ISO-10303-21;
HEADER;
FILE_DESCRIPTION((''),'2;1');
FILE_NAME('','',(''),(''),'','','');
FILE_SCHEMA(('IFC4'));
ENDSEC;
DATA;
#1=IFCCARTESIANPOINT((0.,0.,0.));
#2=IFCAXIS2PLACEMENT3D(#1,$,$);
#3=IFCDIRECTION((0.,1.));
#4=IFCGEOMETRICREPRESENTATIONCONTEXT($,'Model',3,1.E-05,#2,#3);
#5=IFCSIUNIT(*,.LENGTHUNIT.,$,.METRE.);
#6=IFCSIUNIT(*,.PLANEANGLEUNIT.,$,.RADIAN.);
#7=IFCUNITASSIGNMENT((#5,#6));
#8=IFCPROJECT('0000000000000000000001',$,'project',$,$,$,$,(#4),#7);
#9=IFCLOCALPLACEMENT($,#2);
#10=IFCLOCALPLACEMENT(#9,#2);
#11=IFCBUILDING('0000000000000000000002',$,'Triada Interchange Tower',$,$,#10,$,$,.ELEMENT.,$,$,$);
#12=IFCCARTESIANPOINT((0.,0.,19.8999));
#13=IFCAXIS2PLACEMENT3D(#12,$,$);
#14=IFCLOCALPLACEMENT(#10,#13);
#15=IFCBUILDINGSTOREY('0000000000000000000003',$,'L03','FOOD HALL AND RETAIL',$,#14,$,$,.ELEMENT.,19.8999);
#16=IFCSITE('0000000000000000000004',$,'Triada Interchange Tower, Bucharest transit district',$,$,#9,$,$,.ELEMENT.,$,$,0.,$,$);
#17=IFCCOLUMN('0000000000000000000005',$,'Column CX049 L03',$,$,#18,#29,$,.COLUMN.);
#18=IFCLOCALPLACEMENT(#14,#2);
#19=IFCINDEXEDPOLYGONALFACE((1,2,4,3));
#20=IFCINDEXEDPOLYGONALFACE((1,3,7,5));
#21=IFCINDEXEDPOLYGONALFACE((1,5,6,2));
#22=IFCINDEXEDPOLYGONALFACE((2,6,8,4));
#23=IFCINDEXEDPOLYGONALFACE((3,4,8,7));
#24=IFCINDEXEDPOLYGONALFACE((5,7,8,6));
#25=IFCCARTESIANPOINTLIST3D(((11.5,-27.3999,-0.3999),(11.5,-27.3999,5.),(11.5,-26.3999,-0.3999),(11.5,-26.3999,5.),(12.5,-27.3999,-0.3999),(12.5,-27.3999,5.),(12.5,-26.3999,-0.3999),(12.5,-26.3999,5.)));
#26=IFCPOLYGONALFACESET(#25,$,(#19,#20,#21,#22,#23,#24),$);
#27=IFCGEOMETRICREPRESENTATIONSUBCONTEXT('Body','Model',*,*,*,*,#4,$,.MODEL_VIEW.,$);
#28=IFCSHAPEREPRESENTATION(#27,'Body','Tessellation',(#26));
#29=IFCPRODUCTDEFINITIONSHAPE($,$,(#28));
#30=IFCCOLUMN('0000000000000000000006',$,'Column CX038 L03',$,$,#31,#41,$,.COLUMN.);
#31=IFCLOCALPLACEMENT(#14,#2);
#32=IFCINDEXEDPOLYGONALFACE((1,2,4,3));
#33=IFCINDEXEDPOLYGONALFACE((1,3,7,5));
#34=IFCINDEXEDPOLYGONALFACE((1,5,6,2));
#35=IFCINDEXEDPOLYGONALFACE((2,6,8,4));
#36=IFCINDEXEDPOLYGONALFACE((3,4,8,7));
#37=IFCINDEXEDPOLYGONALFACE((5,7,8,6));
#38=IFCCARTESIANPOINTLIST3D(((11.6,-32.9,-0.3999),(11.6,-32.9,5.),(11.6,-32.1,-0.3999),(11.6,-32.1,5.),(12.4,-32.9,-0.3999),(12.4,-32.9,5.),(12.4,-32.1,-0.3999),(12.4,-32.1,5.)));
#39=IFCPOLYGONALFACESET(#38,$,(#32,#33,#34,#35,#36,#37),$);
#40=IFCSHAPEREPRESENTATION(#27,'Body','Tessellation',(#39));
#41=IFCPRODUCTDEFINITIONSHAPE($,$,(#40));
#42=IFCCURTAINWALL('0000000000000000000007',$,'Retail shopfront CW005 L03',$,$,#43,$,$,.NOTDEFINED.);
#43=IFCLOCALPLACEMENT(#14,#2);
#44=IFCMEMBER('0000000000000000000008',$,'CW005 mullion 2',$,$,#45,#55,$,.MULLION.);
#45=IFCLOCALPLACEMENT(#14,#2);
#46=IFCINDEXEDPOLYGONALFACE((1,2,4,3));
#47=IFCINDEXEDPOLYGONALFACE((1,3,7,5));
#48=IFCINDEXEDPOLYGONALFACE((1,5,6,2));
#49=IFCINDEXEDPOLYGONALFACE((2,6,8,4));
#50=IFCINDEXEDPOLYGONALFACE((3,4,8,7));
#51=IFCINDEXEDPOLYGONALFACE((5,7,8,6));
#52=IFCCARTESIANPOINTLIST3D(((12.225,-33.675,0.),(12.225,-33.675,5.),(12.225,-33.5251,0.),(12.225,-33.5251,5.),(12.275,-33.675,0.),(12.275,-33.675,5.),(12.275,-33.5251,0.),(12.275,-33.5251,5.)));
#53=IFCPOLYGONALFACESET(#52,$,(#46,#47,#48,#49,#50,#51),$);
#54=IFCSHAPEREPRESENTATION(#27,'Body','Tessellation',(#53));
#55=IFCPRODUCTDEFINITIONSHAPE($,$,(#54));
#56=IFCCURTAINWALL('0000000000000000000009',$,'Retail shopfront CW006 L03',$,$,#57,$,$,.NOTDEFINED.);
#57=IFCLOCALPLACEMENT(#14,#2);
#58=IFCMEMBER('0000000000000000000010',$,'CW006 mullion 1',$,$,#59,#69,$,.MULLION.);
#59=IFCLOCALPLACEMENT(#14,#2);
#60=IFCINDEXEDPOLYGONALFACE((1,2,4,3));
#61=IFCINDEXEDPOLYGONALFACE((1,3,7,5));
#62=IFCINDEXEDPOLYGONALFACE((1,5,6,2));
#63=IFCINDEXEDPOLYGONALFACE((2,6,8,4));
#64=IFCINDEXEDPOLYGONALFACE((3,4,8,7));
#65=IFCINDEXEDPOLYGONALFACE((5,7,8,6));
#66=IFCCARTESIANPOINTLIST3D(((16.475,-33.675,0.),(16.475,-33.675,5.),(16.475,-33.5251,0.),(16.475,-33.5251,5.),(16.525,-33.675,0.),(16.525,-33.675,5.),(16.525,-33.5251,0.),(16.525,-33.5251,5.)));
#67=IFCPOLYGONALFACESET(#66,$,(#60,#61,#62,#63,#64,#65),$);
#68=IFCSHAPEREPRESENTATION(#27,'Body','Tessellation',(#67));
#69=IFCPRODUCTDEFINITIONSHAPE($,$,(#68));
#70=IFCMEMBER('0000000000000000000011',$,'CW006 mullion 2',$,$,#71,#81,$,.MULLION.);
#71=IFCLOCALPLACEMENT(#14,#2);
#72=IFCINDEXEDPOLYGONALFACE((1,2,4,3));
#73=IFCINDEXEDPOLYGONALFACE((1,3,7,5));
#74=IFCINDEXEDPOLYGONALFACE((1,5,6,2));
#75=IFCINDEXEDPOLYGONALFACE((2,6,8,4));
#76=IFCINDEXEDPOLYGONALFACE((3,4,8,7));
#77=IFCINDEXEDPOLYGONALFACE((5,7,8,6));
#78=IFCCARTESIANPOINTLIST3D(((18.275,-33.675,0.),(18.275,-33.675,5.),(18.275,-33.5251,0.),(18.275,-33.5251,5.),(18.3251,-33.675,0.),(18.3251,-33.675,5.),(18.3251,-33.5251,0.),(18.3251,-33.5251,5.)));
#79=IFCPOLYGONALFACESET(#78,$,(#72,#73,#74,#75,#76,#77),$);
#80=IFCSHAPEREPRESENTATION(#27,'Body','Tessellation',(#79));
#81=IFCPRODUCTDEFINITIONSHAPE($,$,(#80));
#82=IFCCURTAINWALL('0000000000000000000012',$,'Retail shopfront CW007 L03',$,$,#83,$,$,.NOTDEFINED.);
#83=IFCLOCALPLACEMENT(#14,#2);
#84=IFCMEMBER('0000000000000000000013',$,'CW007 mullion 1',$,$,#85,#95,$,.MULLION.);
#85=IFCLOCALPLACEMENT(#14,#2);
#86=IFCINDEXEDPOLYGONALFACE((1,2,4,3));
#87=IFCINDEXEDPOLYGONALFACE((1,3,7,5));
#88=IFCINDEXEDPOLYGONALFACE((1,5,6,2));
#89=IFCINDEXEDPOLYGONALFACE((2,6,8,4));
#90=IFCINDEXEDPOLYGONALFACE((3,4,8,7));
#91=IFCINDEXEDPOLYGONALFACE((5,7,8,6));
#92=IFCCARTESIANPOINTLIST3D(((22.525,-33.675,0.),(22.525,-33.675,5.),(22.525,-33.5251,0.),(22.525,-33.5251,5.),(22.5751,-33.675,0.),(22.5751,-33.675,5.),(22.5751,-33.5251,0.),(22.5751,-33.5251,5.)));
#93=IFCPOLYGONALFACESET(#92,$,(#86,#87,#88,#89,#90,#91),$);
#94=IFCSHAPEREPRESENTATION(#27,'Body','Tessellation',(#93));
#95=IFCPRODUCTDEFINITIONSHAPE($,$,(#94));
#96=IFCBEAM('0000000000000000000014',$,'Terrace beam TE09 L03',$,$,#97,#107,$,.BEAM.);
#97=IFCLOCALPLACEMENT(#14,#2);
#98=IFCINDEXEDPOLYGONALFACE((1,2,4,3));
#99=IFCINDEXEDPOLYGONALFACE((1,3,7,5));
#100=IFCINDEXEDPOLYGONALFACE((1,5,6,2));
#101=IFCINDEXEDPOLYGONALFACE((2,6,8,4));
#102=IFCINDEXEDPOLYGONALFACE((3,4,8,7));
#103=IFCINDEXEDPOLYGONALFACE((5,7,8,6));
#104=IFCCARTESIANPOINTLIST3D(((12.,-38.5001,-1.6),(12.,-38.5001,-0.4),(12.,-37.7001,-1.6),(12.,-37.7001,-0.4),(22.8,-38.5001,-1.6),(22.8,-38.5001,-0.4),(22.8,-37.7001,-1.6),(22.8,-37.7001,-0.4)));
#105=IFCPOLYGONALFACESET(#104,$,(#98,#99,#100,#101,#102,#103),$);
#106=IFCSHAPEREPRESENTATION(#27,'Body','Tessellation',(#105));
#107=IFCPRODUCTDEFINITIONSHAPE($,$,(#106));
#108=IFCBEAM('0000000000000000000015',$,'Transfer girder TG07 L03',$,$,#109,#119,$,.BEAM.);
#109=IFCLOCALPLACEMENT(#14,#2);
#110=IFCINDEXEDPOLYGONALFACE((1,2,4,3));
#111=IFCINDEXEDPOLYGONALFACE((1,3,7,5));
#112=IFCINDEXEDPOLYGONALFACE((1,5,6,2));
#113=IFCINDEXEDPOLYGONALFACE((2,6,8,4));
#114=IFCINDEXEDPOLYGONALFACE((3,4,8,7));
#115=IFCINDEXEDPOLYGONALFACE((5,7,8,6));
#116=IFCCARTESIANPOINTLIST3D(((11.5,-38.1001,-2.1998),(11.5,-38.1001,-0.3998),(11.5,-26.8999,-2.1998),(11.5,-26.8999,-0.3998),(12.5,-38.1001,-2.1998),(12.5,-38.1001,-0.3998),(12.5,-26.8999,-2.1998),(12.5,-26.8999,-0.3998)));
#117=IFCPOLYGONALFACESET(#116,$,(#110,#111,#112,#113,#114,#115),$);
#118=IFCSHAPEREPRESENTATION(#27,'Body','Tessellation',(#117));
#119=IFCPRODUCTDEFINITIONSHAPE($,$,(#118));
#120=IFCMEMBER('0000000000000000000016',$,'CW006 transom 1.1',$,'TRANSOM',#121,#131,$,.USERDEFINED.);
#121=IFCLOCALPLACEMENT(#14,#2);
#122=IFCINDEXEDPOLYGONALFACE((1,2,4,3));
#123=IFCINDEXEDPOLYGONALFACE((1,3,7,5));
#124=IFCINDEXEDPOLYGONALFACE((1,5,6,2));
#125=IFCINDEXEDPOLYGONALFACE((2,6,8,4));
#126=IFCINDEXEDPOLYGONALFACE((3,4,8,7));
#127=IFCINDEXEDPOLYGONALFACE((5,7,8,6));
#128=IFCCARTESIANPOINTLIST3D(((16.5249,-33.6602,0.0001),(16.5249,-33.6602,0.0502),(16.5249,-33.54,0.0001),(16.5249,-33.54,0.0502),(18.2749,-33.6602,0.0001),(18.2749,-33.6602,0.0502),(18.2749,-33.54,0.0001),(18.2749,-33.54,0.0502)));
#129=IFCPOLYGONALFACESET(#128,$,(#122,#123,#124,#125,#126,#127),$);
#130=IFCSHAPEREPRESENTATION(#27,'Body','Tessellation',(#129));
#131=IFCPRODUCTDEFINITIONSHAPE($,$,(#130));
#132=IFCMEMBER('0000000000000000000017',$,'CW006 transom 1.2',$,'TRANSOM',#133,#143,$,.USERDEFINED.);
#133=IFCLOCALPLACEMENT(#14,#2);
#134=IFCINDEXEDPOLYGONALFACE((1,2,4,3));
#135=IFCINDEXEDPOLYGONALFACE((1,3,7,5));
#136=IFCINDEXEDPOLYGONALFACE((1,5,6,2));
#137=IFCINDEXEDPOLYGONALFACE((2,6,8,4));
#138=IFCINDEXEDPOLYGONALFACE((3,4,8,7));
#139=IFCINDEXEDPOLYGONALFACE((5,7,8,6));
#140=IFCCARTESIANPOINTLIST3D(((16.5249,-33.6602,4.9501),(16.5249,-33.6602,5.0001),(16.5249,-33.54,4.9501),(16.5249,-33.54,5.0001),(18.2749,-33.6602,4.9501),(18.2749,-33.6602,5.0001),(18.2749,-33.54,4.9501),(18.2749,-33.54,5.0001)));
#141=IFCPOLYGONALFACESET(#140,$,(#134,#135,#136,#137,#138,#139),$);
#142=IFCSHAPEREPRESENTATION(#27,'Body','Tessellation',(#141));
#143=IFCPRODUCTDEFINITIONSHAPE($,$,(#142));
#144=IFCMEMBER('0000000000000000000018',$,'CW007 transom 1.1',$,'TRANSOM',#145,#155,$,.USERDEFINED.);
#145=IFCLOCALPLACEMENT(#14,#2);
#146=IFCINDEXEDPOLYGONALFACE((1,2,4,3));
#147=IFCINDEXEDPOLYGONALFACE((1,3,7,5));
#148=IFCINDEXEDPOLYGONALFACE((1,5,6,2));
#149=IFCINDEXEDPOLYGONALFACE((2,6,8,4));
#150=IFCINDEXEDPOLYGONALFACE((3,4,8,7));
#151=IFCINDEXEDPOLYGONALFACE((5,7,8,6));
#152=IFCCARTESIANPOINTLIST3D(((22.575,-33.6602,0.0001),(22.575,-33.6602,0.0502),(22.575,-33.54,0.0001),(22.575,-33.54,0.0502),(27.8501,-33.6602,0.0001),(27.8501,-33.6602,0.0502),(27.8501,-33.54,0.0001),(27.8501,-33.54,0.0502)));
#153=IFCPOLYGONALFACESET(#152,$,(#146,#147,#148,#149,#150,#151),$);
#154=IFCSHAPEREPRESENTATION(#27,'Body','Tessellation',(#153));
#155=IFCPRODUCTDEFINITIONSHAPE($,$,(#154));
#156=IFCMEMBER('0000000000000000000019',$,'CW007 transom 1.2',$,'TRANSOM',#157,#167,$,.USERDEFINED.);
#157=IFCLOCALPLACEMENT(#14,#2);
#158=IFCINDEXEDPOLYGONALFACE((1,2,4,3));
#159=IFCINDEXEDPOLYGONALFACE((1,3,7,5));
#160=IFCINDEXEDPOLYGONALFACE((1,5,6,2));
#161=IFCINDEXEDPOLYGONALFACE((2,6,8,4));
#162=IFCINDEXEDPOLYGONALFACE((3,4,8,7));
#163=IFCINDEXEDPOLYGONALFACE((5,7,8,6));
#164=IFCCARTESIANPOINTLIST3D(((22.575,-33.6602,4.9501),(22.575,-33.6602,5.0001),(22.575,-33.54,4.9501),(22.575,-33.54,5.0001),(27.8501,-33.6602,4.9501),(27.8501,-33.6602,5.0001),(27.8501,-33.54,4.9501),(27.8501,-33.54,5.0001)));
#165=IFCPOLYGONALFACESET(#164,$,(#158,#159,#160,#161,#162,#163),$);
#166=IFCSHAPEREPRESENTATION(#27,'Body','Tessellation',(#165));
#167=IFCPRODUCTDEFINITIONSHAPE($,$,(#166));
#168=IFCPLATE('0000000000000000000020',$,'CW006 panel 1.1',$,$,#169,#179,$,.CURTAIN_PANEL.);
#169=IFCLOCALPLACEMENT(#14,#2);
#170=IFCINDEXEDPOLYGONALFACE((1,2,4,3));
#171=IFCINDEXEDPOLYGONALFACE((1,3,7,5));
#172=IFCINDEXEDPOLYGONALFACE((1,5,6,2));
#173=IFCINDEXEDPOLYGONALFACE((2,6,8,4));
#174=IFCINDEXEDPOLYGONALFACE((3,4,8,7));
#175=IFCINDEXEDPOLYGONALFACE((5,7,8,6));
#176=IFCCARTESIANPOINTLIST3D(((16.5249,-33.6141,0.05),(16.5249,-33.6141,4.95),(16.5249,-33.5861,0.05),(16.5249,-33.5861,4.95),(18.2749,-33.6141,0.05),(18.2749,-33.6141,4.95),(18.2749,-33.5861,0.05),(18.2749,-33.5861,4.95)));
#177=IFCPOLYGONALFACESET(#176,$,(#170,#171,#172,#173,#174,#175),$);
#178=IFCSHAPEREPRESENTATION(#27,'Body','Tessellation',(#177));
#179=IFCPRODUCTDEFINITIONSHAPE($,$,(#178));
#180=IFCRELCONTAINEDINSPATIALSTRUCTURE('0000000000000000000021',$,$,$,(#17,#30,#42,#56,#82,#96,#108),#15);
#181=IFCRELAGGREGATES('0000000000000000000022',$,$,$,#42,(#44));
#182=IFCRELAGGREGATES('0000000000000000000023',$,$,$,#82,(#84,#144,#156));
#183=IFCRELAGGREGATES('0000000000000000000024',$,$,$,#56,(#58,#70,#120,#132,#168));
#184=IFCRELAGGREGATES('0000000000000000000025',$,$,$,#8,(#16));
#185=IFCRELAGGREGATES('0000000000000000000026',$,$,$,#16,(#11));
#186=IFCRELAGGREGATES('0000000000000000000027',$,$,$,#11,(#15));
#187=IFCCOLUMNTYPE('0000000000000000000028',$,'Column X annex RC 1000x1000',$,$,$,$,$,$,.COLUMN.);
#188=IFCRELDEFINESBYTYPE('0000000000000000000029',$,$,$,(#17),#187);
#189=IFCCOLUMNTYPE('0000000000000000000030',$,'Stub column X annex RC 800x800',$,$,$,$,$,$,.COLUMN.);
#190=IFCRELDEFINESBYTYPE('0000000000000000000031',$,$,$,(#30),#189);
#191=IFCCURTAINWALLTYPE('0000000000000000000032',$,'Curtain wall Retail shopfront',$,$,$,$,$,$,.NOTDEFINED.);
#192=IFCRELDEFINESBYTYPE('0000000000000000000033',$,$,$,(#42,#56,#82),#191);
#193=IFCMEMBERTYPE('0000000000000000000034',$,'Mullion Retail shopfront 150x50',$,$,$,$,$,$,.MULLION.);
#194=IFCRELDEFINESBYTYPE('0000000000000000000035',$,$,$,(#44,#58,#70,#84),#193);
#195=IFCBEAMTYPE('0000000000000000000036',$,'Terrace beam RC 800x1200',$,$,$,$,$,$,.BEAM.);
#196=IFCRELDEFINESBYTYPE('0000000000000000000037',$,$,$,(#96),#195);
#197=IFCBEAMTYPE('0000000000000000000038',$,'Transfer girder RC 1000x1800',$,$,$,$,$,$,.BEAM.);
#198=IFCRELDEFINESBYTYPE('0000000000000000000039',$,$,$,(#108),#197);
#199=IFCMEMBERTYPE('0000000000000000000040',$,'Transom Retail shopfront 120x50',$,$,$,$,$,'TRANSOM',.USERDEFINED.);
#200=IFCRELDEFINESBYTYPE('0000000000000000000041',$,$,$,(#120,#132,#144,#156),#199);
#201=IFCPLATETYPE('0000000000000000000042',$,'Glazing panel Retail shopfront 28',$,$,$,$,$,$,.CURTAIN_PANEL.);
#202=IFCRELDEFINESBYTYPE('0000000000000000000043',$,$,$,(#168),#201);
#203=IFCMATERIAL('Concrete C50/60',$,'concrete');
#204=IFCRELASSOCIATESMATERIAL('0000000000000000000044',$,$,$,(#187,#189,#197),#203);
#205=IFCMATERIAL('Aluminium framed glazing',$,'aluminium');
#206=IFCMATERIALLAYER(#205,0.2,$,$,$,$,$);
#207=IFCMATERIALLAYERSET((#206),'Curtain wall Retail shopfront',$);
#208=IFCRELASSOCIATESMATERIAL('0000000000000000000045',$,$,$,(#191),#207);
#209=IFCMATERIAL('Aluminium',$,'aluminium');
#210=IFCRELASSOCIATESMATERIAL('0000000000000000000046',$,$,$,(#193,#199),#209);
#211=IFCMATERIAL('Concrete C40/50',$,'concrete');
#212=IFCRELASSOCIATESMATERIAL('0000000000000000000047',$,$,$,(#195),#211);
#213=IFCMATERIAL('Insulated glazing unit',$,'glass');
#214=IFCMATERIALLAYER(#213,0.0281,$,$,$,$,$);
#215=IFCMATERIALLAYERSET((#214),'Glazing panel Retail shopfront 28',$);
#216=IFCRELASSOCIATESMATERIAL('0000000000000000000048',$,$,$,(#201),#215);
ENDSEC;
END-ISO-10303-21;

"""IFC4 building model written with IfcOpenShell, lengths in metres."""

from ifc_helpers import new_model, si_unit, direction, frame, origin, origin_2d, place, context, subcontext, project, spatial, rectangle, extrude, material, layer, layer_set, material_profile, profile_set, type_object, element, aggregate, save


model = new_model("IFC4")

# Units and contexts
model_context = context("Model", 3, precision=1e-05, world=origin(), true_north=direction((0.0, 1.0)))
body_context = subcontext(model_context, "Body", "Model", "MODEL_VIEW")
ifc_project = project(units=[si_unit("LENGTHUNIT", "METRE"), si_unit("PLANEANGLEUNIT", "RADIAN")], contexts=[model_context])

# Site, building, storey
site_placement = place(None, origin())
site = spatial("IfcSite", under=ifc_project, at=site_placement, Name="Triada Interchange Tower, Bucharest transit district", CompositionType="ELEMENT", RefElevation=0.0)
building_placement = place(site_placement, origin())
building = spatial("IfcBuilding", under=site, at=building_placement, Name="Triada Interchange Tower", CompositionType="ELEMENT")
storey_placement = place(building_placement, frame((0.0, 0.0, 19.8999)))
storey = spatial("IfcBuildingStorey", under=building, at=storey_placement, Name="L03", Description="FOOD HALL AND RETAIL", CompositionType="ELEMENT", Elevation=19.8999)

# Columns
ifc_material_1 = material(Name="Concrete C50/60", Category="concrete")
ifc_material_profile_1 = material_profile(ifc_material_1, rectangle(XDim=1.0, YDim=1.0, at=origin_2d()), Name="RC 1000x1000")
ifc_profile_set_1 = profile_set([ifc_material_profile_1], Name="Concrete C50/60")
column_type_1 = type_object("IfcColumnType", Name="Column X annex RC 1000x1000", PredefinedType="COLUMN", material=ifc_profile_set_1)
column_1_placement = place(storey_placement, frame((12.0, -26.8999, -0.3999), z_axis=(0.0, 0.0, 1.0), x_axis=(1.0, 0.0, 0.0)))
element("IfcColumn", 1, at=column_1_placement, inside=storey, type_object=column_type_1, Name="Column CX049 L03", PredefinedType="COLUMN", context=body_context, shape_type="SweptSolid", body=[
    extrude(rectangle(XDim=1.0, YDim=1.0, at=origin_2d()), origin(), (0.0, 0.0, 1.0), 5.3999),
])
ifc_material_profile_2 = material_profile(ifc_material_1, rectangle(XDim=0.8, YDim=0.8, at=origin_2d()), Name="RC 800x800")
ifc_profile_set_2 = profile_set([ifc_material_profile_2], Name="Concrete C50/60")
column_type_2 = type_object("IfcColumnType", Name="Stub column X annex RC 800x800", PredefinedType="COLUMN", material=ifc_profile_set_2)
column_2_placement = place(storey_placement, frame((12.0, -32.5, -0.3999), z_axis=(0.0, 0.0, 1.0), x_axis=(1.0, 0.0, 0.0)))
element("IfcColumn", 2, at=column_2_placement, inside=storey, type_object=column_type_2, Name="Column CX038 L03", PredefinedType="COLUMN", context=body_context, shape_type="SweptSolid", body=[
    extrude(rectangle(XDim=0.8, YDim=0.8, at=origin_2d()), origin(), (0.0, 0.0, 1.0), 5.3999),
])

# Curtain wall, member
ifc_material_2 = material(Name="Aluminium framed glazing", Category="aluminium")
ifc_layer_1 = layer(ifc_material_2, 0.2)
ifc_layer_set_1 = layer_set([ifc_layer_1], Name="Curtain wall Retail shopfront")
curtain_wall_type = type_object("IfcCurtainWallType", Name="Curtain wall Retail shopfront", PredefinedType="NOTDEFINED", material=ifc_layer_set_1)
curtain_wall_1_placement = place(storey_placement, origin())
curtain_wall_1 = element("IfcCurtainWall", 3, at=curtain_wall_1_placement, inside=storey, type_object=curtain_wall_type, Name="Retail shopfront CW005 L03", PredefinedType="NOTDEFINED")
ifc_material_3 = material(Name="Aluminium", Category="aluminium")
ifc_material_profile_3 = material_profile(ifc_material_3, rectangle(XDim=0.1499, YDim=0.05, at=origin_2d()), Name="Aluminium mullion")
ifc_profile_set_3 = profile_set([ifc_material_profile_3], Name="Aluminium")
member_type_1 = type_object("IfcMemberType", Name="Mullion Retail shopfront 150x50", PredefinedType="MULLION", material=ifc_profile_set_3)
member_1_placement = place(storey_placement, frame((12.25, -33.6001, 0.0), z_axis=(0.0, 0.0, 1.0), x_axis=(0.0, 1.0, 0.0)))
member_1 = element("IfcMember", 4, at=member_1_placement, type_object=member_type_1, Name="CW005 mullion 2", PredefinedType="MULLION", context=body_context, shape_type="SweptSolid", body=[
    extrude(rectangle(XDim=0.1499, YDim=0.05, at=origin_2d()), origin(), (0.0, 0.0, 1.0), 5.0),
])
aggregate(curtain_wall_1, [member_1])

# Curtain wall, members
curtain_wall_2_placement = place(storey_placement, origin())
curtain_wall_2 = element("IfcCurtainWall", 5, at=curtain_wall_2_placement, inside=storey, type_object=curtain_wall_type, Name="Retail shopfront CW006 L03", PredefinedType="NOTDEFINED")
member_2_placement = place(storey_placement, frame((16.5, -33.6001, 0.0), z_axis=(0.0, 0.0, 1.0), x_axis=(0.0, 1.0, 0.0)))
member_2 = element("IfcMember", 6, at=member_2_placement, type_object=member_type_1, Name="CW006 mullion 1", PredefinedType="MULLION", context=body_context, shape_type="SweptSolid", body=[
    extrude(rectangle(XDim=0.1499, YDim=0.05, at=origin_2d()), origin(), (0.0, 0.0, 1.0), 5.0),
])
member_3_placement = place(storey_placement, frame((18.3, -33.6001, 0.0), z_axis=(0.0, 0.0, 1.0), x_axis=(0.0, 1.0, 0.0)))
member_3 = element("IfcMember", 7, at=member_3_placement, type_object=member_type_1, Name="CW006 mullion 2", PredefinedType="MULLION", context=body_context, shape_type="SweptSolid", body=[
    extrude(rectangle(XDim=0.1499, YDim=0.05, at=origin_2d()), origin(), (0.0, 0.0, 1.0), 5.0),
])

# Curtain wall, member
curtain_wall_3_placement = place(storey_placement, origin())
curtain_wall_3 = element("IfcCurtainWall", 8, at=curtain_wall_3_placement, inside=storey, type_object=curtain_wall_type, Name="Retail shopfront CW007 L03", PredefinedType="NOTDEFINED")
member_4_placement = place(storey_placement, frame((22.55, -33.6001, 0.0), z_axis=(0.0, 0.0, 1.0), x_axis=(0.0, 1.0, 0.0)))
member_4 = element("IfcMember", 9, at=member_4_placement, type_object=member_type_1, Name="CW007 mullion 1", PredefinedType="MULLION", context=body_context, shape_type="SweptSolid", body=[
    extrude(rectangle(XDim=0.1499, YDim=0.05, at=origin_2d()), origin(), (0.0, 0.0, 1.0), 5.0),
])

# Beams
ifc_material_4 = material(Name="Concrete C40/50", Category="concrete")
ifc_material_profile_4 = material_profile(ifc_material_4, rectangle(XDim=0.8, YDim=1.2, at=origin_2d()), Name="RC 800x1200")
ifc_profile_set_4 = profile_set([ifc_material_profile_4], Name="Concrete C40/50")
beam_type_1 = type_object("IfcBeamType", Name="Terrace beam RC 800x1200", PredefinedType="BEAM", material=ifc_profile_set_4)
beam_1_placement = place(storey_placement, frame((12.0, -38.1001, -1.0), z_axis=(1.0, 0.0, 0.0), x_axis=(0.0, 1.0, 0.0)))
element("IfcBeam", 10, at=beam_1_placement, inside=storey, type_object=beam_type_1, Name="Terrace beam TE09 L03", PredefinedType="BEAM", context=body_context, shape_type="SweptSolid", body=[
    extrude(rectangle(XDim=0.8, YDim=1.2, at=origin_2d()), origin(), (0.0, 0.0, 1.0), 10.8),
])
ifc_material_profile_5 = material_profile(ifc_material_1, rectangle(XDim=1.0, YDim=1.8, at=origin_2d()), Name="RC 1000x1800")
ifc_profile_set_5 = profile_set([ifc_material_profile_5], Name="Concrete C50/60")
beam_type_2 = type_object("IfcBeamType", Name="Transfer girder RC 1000x1800", PredefinedType="BEAM", material=ifc_profile_set_5)
beam_2_placement = place(storey_placement, frame((12.0, -38.1001, -1.2998), z_axis=(0.0, 1.0, 0.0), x_axis=(-1.0, 0.0, 0.0)))
element("IfcBeam", 11, at=beam_2_placement, inside=storey, type_object=beam_type_2, Name="Transfer girder TG07 L03", PredefinedType="BEAM", context=body_context, shape_type="SweptSolid", body=[
    extrude(rectangle(XDim=1.0, YDim=1.8, at=origin_2d()), origin(), (0.0, 0.0, 1.0), 11.2002),
])

# Members
ifc_material_profile_6 = material_profile(ifc_material_3, rectangle(XDim=0.1201, YDim=0.05, at=origin_2d()), Name="Aluminium transom")
ifc_profile_set_6 = profile_set([ifc_material_profile_6], Name="Aluminium")
member_type_2 = type_object("IfcMemberType", Name="Transom Retail shopfront 120x50", ElementType="TRANSOM", PredefinedType="USERDEFINED", material=ifc_profile_set_6)
member_5_placement = place(storey_placement, frame((16.5249, -33.6001, 0.0251), z_axis=(1.0, 0.0, 0.0), x_axis=(0.0, 1.0, 0.0)))
member_5 = element("IfcMember", 12, at=member_5_placement, type_object=member_type_2, Name="CW006 transom 1.1", ObjectType="TRANSOM", PredefinedType="USERDEFINED", context=body_context, shape_type="SweptSolid", body=[
    extrude(rectangle(XDim=0.1201, YDim=0.05, at=origin_2d()), origin(), (0.0, 0.0, 1.0), 1.75),
])
member_6_placement = place(storey_placement, frame((16.5249, -33.6001, 4.9751), z_axis=(1.0, 0.0, 0.0), x_axis=(0.0, 1.0, 0.0)))
member_6 = element("IfcMember", 13, at=member_6_placement, type_object=member_type_2, Name="CW006 transom 1.2", ObjectType="TRANSOM", PredefinedType="USERDEFINED", context=body_context, shape_type="SweptSolid", body=[
    extrude(rectangle(XDim=0.1201, YDim=0.05, at=origin_2d()), origin(), (0.0, 0.0, 1.0), 1.75),
])
member_7_placement = place(storey_placement, frame((22.575, -33.6001, 0.0251), z_axis=(1.0, 0.0, 0.0), x_axis=(0.0, 1.0, 0.0)))
member_7 = element("IfcMember", 14, at=member_7_placement, type_object=member_type_2, Name="CW007 transom 1.1", ObjectType="TRANSOM", PredefinedType="USERDEFINED", context=body_context, shape_type="SweptSolid", body=[
    extrude(rectangle(XDim=0.1201, YDim=0.05, at=origin_2d()), origin(), (0.0, 0.0, 1.0), 5.2751),
])
member_8_placement = place(storey_placement, frame((22.575, -33.6001, 4.9751), z_axis=(1.0, 0.0, 0.0), x_axis=(0.0, 1.0, 0.0)))
member_8 = element("IfcMember", 15, at=member_8_placement, type_object=member_type_2, Name="CW007 transom 1.2", ObjectType="TRANSOM", PredefinedType="USERDEFINED", context=body_context, shape_type="SweptSolid", body=[
    extrude(rectangle(XDim=0.1201, YDim=0.05, at=origin_2d()), origin(), (0.0, 0.0, 1.0), 5.2751),
])
aggregate(curtain_wall_3, [member_4, member_7, member_8])

# Plate
ifc_material_5 = material(Name="Insulated glazing unit", Category="glass")
ifc_layer_2 = layer(ifc_material_5, 0.0281)
ifc_layer_set_2 = layer_set([ifc_layer_2], Name="Glazing panel Retail shopfront 28")
plate_type = type_object("IfcPlateType", Name="Glazing panel Retail shopfront 28", PredefinedType="CURTAIN_PANEL", material=ifc_layer_set_2)
plate_placement = place(storey_placement, frame((17.3999, -33.6001, 0.05), z_axis=(0.0, 0.0, 1.0), x_axis=(1.0, 0.0, 0.0)))
plate = element("IfcPlate", 16, at=plate_placement, type_object=plate_type, Name="CW006 panel 1.1", PredefinedType="CURTAIN_PANEL", context=body_context, shape_type="SweptSolid", body=[
    extrude(rectangle(XDim=1.75, YDim=0.0281, at=origin_2d()), origin(), (0.0, 0.0, 1.0), 4.8999),
])
aggregate(curtain_wall_2, [member_2, member_3, member_5, member_6, plate])

save(model, "model.ifc")
